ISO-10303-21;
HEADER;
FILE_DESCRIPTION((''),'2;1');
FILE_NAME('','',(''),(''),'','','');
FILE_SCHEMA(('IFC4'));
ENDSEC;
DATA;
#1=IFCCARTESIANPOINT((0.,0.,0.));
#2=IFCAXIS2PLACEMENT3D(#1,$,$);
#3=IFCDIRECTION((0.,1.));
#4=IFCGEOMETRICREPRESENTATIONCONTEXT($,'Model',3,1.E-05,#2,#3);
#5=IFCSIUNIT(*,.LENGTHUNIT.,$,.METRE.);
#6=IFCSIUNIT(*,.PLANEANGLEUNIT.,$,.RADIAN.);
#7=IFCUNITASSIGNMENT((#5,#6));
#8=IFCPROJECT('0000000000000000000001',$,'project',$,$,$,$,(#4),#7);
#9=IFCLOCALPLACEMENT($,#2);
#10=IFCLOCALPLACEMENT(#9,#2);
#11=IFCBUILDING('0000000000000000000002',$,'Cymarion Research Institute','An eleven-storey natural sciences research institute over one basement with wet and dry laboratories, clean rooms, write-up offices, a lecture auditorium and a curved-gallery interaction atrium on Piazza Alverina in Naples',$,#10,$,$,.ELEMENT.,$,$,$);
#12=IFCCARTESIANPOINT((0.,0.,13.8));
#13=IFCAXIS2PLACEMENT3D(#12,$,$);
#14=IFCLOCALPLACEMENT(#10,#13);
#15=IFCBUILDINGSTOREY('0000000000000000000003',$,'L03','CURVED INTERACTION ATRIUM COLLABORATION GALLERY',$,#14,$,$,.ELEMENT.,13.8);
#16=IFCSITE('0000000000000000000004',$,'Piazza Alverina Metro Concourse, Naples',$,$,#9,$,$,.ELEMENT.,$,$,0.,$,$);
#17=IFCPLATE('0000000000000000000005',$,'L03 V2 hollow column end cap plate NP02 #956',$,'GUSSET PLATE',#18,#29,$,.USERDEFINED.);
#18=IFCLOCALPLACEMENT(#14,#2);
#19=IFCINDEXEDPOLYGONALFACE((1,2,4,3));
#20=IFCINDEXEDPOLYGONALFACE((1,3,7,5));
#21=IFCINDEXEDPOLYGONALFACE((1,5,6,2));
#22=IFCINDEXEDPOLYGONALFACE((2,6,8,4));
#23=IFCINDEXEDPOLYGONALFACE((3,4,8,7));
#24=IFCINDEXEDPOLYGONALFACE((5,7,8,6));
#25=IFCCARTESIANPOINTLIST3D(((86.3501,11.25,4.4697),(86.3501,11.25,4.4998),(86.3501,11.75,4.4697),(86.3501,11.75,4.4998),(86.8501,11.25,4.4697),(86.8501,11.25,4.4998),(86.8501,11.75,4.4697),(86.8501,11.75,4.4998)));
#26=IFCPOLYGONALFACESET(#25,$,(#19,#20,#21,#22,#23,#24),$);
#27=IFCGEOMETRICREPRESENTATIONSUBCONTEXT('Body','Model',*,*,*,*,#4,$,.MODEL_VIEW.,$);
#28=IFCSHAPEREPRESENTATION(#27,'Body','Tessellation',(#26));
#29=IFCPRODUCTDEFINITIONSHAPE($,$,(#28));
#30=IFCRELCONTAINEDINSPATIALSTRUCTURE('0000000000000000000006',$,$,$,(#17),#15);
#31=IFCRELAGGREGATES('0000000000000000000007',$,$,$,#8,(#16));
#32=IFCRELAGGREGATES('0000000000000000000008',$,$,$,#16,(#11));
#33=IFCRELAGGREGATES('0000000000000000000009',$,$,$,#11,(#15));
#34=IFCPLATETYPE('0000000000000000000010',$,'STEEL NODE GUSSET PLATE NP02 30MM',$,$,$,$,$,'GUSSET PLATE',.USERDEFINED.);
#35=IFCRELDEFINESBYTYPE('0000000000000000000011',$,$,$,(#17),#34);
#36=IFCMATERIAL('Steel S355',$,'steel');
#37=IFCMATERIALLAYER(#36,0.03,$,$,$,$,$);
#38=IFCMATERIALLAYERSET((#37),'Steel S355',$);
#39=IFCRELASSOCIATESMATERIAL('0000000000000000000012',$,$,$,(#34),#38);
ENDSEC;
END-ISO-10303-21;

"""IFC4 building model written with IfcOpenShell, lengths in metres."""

from ifc_helpers import new_model, si_unit, direction, frame, origin, origin_2d, place, context, subcontext, project, spatial, rectangle, extrude, material, layer, layer_set, type_object, element, save


model = new_model("IFC4")

# Units and contexts
model_context = context("Model", 3, precision=1e-05, world=origin(), true_north=direction((0.0, 1.0)))
body_context = subcontext(model_context, "Body", "Model", "MODEL_VIEW")
ifc_project = project(units=[si_unit("LENGTHUNIT", "METRE"), si_unit("PLANEANGLEUNIT", "RADIAN")], contexts=[model_context])

# Site, building, storey
site_placement = place(None, origin())
site = spatial("IfcSite", under=ifc_project, at=site_placement, Name="Piazza Alverina Metro Concourse, Naples", CompositionType="ELEMENT", RefElevation=0.0)
building_placement = place(site_placement, origin())
building = spatial("IfcBuilding", under=site, at=building_placement, Name="Cymarion Research Institute", Description="An eleven-storey natural sciences research institute over one basement with wet and dry laboratories, clean rooms, write-up offices, a lecture auditorium and a curved-gallery interaction atrium on Piazza Alverina in Naples", CompositionType="ELEMENT")
storey_placement = place(building_placement, frame((0.0, 0.0, 13.8)))
storey = spatial("IfcBuildingStorey", under=building, at=storey_placement, Name="L03", Description="CURVED INTERACTION ATRIUM COLLABORATION GALLERY", CompositionType="ELEMENT", Elevation=13.8)

# Shared definitions
ifc_material = material(Name="Steel S355", Category="steel")

# Plate
ifc_layer = layer(ifc_material, 0.03)
ifc_layer_set = layer_set([ifc_layer], Name="Steel S355")
plate_type = type_object("IfcPlateType", Name="STEEL NODE GUSSET PLATE NP02 30MM", ElementType="GUSSET PLATE", PredefinedType="USERDEFINED", material=ifc_layer_set)
for number, where, z_axis, x_axis, name in (
    (1, (86.6001, 11.5, 4.4697), (0.0, 0.0, 1.0), (1.0, 0.0, 0.0), "L03 V2 hollow column end cap plate NP02 #956"),
):
    element("IfcPlate", number, at=place(storey_placement, frame(where, z_axis=z_axis, x_axis=x_axis)), inside=storey, type_object=plate_type, Name=name, ObjectType="GUSSET PLATE", PredefinedType="USERDEFINED", context=body_context, shape_type="SweptSolid", body=[
        extrude(rectangle(XDim=0.5, YDim=0.5, at=origin_2d()), origin(), (0.0, 0.0, 1.0), 0.03),
    ])

save(model, "model.ifc")
